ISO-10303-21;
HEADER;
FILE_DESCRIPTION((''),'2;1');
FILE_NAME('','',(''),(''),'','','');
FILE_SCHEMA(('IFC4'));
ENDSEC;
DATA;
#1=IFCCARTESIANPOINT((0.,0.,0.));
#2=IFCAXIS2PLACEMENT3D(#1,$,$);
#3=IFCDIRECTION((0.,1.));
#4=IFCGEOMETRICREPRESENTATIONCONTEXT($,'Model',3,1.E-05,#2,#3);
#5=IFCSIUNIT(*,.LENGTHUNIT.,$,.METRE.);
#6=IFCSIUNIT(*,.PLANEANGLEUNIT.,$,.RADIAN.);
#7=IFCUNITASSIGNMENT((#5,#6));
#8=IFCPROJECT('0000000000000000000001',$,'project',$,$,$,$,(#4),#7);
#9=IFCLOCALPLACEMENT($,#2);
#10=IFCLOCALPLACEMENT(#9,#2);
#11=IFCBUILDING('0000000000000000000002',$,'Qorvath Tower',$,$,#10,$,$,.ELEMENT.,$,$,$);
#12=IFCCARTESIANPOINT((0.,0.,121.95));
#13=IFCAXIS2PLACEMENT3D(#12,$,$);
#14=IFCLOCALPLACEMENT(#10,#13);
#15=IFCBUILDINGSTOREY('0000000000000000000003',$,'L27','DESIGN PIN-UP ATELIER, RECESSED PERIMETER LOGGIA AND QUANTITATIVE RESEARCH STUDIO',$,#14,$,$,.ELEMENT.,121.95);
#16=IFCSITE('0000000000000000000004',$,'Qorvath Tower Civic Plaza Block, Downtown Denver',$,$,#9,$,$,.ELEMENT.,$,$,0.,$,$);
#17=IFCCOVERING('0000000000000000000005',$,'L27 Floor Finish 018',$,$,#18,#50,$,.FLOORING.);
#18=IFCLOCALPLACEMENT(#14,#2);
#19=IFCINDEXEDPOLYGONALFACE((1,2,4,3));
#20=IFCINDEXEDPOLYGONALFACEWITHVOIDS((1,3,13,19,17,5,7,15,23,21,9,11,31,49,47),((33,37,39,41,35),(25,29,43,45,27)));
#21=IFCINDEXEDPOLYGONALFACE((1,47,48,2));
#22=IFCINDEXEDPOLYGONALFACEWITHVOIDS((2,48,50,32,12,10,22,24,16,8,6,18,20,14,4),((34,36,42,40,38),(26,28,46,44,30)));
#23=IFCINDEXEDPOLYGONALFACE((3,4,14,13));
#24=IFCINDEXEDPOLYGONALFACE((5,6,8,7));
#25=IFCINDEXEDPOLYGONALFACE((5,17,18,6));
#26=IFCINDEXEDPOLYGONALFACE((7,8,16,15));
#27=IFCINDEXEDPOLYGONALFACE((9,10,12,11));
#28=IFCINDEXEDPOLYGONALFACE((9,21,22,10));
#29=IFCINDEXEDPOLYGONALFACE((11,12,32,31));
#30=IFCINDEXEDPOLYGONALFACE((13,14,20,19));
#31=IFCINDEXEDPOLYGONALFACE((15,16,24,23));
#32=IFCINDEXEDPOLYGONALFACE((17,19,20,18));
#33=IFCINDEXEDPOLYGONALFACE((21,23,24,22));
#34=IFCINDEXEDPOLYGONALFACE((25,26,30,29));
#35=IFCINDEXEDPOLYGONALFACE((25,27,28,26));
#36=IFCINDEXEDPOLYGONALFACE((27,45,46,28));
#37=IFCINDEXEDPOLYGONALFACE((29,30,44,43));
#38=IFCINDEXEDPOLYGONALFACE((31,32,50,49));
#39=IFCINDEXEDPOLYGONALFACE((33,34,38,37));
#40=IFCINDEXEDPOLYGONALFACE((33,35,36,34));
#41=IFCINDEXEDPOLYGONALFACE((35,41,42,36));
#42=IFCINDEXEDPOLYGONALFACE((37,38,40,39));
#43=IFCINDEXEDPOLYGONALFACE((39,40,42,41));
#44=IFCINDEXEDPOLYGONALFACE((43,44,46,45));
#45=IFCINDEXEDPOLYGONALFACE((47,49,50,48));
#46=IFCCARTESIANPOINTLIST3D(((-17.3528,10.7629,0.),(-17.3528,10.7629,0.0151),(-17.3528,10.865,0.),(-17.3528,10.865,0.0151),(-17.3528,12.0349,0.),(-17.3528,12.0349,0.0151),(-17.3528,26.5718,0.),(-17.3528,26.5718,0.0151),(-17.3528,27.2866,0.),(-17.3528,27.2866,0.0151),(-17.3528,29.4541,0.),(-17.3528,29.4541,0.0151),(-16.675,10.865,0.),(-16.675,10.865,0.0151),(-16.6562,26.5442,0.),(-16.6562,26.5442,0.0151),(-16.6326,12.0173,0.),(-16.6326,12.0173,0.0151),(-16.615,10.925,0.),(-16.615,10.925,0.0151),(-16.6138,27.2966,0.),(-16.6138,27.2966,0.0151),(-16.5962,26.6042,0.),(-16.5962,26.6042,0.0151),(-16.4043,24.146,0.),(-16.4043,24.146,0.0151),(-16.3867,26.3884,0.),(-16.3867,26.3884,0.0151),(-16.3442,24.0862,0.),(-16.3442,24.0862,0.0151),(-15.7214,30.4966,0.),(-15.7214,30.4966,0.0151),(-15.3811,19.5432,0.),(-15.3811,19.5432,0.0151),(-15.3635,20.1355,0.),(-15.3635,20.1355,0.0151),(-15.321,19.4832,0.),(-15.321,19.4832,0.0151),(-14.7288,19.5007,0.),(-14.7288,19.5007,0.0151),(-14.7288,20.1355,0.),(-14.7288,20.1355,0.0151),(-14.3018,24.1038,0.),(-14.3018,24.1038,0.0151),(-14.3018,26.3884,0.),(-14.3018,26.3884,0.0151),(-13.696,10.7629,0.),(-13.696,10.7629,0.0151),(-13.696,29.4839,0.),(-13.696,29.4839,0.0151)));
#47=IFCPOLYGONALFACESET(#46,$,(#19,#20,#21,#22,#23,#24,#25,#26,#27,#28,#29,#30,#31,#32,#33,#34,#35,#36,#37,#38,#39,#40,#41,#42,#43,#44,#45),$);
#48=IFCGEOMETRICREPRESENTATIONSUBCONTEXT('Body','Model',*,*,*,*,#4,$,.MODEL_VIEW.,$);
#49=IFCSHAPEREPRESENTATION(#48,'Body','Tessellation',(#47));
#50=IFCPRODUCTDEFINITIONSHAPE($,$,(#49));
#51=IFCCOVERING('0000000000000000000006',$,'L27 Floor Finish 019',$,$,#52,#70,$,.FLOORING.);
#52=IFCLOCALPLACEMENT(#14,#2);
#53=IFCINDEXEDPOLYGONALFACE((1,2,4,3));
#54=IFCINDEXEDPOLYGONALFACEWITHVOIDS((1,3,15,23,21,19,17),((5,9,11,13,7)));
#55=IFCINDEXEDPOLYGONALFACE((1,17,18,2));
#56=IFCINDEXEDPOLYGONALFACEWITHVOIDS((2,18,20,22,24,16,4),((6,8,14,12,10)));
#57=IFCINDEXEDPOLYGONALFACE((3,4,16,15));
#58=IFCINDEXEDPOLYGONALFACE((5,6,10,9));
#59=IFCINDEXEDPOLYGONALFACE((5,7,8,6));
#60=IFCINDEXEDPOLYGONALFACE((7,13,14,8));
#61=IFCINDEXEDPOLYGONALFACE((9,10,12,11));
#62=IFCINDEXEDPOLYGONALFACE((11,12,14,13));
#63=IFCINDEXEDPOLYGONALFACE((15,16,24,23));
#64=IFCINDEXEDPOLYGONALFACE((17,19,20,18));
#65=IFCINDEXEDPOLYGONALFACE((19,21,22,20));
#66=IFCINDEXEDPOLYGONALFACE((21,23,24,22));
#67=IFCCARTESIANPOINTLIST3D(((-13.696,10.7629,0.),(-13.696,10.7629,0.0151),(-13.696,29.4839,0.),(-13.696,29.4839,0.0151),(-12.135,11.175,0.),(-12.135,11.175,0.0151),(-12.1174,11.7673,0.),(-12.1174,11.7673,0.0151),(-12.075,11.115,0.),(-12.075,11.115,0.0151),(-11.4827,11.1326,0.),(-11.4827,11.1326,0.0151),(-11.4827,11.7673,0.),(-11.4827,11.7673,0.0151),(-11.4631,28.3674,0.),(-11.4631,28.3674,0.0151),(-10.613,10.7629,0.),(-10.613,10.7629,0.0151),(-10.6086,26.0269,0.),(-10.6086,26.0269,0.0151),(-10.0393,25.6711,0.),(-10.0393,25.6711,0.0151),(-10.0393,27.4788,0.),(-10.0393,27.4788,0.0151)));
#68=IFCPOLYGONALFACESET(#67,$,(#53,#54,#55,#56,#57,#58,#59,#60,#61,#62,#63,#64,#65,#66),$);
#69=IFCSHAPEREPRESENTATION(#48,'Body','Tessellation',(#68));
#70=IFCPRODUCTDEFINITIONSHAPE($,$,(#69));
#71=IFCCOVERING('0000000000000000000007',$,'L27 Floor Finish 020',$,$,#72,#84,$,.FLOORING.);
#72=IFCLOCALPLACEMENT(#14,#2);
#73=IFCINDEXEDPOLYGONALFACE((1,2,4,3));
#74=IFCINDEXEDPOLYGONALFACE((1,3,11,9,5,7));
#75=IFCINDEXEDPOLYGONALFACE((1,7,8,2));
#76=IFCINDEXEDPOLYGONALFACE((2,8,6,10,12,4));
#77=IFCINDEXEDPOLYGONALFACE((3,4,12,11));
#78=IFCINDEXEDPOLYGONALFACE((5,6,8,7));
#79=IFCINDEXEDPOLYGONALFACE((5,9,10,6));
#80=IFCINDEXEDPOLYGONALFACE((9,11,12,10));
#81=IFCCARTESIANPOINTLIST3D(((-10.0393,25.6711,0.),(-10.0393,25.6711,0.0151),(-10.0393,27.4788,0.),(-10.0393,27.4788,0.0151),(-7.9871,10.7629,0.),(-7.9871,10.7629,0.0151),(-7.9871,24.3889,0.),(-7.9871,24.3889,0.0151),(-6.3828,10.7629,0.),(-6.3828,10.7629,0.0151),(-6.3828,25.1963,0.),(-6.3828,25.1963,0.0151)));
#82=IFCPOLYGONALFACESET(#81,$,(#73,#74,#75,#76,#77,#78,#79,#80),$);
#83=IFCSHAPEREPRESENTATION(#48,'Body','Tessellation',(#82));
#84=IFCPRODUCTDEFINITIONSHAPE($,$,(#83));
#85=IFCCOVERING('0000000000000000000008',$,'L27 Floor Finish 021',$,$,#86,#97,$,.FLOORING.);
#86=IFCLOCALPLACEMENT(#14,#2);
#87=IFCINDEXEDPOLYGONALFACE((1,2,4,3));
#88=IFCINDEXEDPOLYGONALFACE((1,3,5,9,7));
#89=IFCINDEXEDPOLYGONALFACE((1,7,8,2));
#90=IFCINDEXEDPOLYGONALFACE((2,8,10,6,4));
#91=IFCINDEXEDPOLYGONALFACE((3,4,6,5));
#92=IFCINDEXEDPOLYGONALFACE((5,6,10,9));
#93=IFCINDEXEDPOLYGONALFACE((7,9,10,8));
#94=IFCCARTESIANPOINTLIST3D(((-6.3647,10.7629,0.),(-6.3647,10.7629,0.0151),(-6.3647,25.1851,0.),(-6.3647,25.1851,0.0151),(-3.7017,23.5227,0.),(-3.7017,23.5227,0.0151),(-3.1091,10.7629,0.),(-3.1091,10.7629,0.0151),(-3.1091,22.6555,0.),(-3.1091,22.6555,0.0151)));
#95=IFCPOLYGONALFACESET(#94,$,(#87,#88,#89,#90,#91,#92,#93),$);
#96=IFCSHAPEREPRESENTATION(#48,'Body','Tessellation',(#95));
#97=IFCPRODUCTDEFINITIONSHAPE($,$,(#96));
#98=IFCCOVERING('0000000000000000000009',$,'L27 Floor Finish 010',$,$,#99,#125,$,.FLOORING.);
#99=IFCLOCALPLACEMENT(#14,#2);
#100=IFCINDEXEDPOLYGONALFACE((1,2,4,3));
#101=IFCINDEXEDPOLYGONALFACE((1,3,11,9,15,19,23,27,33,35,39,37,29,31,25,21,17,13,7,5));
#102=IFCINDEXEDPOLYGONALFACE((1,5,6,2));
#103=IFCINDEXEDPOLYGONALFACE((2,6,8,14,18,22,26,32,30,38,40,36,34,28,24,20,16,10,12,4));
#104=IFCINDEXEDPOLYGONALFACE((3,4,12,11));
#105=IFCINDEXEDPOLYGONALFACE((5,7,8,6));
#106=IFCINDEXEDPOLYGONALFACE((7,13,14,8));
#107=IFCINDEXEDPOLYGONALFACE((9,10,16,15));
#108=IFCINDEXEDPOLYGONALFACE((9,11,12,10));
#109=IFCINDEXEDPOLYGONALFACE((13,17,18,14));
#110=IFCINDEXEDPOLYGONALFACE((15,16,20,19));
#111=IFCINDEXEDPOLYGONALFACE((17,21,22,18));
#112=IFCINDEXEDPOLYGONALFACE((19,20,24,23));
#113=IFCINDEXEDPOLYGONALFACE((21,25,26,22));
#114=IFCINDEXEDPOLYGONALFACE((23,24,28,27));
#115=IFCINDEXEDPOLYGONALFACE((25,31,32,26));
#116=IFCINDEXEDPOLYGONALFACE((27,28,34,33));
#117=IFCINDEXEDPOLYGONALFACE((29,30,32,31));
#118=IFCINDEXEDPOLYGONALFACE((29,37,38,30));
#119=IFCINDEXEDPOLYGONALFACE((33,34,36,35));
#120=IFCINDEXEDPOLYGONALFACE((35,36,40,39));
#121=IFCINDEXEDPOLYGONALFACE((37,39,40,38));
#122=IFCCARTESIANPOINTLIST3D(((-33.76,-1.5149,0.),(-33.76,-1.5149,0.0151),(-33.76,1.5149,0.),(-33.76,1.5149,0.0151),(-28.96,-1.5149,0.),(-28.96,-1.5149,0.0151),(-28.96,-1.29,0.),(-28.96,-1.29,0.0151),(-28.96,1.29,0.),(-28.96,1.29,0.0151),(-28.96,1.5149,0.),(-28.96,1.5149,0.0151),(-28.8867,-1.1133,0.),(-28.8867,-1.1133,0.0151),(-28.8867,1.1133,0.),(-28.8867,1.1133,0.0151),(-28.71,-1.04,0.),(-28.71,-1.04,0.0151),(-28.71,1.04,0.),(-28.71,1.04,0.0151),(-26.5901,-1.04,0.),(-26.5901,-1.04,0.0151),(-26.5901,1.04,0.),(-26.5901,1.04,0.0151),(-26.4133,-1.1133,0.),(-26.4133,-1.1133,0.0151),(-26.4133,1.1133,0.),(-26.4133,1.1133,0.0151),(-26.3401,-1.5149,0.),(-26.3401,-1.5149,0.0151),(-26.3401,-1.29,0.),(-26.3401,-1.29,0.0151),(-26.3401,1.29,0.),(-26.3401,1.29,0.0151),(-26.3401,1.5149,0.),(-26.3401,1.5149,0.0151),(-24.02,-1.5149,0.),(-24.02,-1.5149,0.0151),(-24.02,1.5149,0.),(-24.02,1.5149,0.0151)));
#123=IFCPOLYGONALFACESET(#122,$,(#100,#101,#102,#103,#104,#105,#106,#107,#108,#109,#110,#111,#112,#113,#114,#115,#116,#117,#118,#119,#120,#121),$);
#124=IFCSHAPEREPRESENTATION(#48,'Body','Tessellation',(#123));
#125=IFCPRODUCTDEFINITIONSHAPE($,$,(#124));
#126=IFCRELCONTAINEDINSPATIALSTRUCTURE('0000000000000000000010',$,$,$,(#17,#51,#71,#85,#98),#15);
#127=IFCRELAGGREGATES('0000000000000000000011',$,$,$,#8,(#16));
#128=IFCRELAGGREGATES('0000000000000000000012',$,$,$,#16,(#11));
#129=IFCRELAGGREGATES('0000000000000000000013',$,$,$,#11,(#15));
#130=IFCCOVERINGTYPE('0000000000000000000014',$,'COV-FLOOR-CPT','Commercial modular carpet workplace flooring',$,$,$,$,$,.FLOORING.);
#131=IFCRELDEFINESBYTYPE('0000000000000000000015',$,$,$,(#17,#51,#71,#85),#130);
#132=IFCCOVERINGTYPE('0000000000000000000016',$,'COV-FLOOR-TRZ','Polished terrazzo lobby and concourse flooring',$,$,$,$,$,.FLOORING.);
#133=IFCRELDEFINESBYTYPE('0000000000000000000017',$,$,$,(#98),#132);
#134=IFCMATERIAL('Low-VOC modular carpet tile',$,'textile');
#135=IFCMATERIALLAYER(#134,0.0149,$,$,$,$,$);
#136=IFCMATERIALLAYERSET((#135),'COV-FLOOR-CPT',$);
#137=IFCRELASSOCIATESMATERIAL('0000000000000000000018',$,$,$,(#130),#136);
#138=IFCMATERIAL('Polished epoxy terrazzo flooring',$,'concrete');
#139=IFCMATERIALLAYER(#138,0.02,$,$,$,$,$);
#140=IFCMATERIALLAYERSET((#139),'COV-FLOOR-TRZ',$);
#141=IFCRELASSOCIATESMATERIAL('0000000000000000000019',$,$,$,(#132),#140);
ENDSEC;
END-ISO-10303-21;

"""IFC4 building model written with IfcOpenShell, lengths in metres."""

from ifc_helpers import new_model, si_unit, direction, frame, origin, place, context, subcontext, project, spatial, polyline, outline, extrude, material, layer, layer_set, type_object, element, save


model = new_model("IFC4")

# Units and contexts
model_context = context("Model", 3, precision=1e-05, world=origin(), true_north=direction((0.0, 1.0)))
body_context = subcontext(model_context, "Body", "Model", "MODEL_VIEW")
ifc_project = project(units=[si_unit("LENGTHUNIT", "METRE"), si_unit("PLANEANGLEUNIT", "RADIAN")], contexts=[model_context])

# Site, building, storey
site_placement = place(None, origin())
site = spatial("IfcSite", under=ifc_project, at=site_placement, Name="Qorvath Tower Civic Plaza Block, Downtown Denver", CompositionType="ELEMENT", RefElevation=0.0)
building_placement = place(site_placement, origin())
building = spatial("IfcBuilding", under=site, at=building_placement, Name="Qorvath Tower", CompositionType="ELEMENT")
storey_placement = place(building_placement, frame((0.0, 0.0, 121.95)))
storey = spatial("IfcBuildingStorey", under=building, at=storey_placement, Name="L27", Description="DESIGN PIN-UP ATELIER, RECESSED PERIMETER LOGGIA AND QUANTITATIVE RESEARCH STUDIO", CompositionType="ELEMENT", Elevation=121.95)

# Coverings
ifc_material_1 = material(Name="Low-VOC modular carpet tile", Category="textile")
ifc_layer_1 = layer(ifc_material_1, 0.0149)
ifc_layer_set_1 = layer_set([ifc_layer_1], Name="COV-FLOOR-CPT")
covering_type_1 = type_object("IfcCoveringType", Name="COV-FLOOR-CPT", Description="Commercial modular carpet workplace flooring", PredefinedType="FLOORING", material=ifc_layer_set_1)
covering_1_placement = place(storey_placement, origin())
element("IfcCovering", 1, at=covering_1_placement, inside=storey, type_object=covering_type_1, Name="L27 Floor Finish 018", PredefinedType="FLOORING", context=body_context, shape_type="SweptSolid", body=[
    extrude(outline(polyline([(-13.696, 10.7629), (-13.696, 29.4839), (-15.7214, 30.4966), (-17.3528, 29.4541), (-17.3528, 27.2866), (-16.6138, 27.2966), (-16.5962, 26.6042), (-16.6562, 26.5442), (-17.3528, 26.5718), (-17.3528, 12.0349), (-16.6326, 12.0173), (-16.615, 10.925), (-16.675, 10.865), (-17.3528, 10.865), (-17.3528, 10.7629), (-13.696, 10.7629)]), holes=[polyline([(-16.4043, 24.146), (-16.3867, 26.3884), (-14.3018, 26.3884), (-14.3018, 24.1038), (-16.3442, 24.0862), (-16.4043, 24.146)]), polyline([(-15.3811, 19.5432), (-15.3635, 20.1355), (-14.7288, 20.1355), (-14.7288, 19.5007), (-15.321, 19.4832), (-15.3811, 19.5432)])]), origin(), (0.0, 0.0, 1.0), 0.0151),
])
covering_2_placement = place(storey_placement, origin())
element("IfcCovering", 2, at=covering_2_placement, inside=storey, type_object=covering_type_1, Name="L27 Floor Finish 019", PredefinedType="FLOORING", context=body_context, shape_type="SweptSolid", body=[
    extrude(outline(polyline([(-10.0393, 25.6711), (-10.0393, 27.4788), (-11.4631, 28.3674), (-13.696, 29.4839), (-13.696, 10.7629), (-10.613, 10.7629), (-10.6086, 26.0269), (-10.0393, 25.6711)]), holes=[polyline([(-12.135, 11.175), (-12.1174, 11.7673), (-11.4827, 11.7673), (-11.4827, 11.1326), (-12.075, 11.115), (-12.135, 11.175)])]), origin(), (0.0, 0.0, 1.0), 0.0151),
])
covering_3_placement = place(storey_placement, origin())
element("IfcCovering", 3, at=covering_3_placement, inside=storey, type_object=covering_type_1, Name="L27 Floor Finish 020", PredefinedType="FLOORING", context=body_context, shape_type="SweptSolid", body=[
    extrude(outline(polyline([(-6.3828, 10.7629), (-6.3828, 25.1963), (-10.0393, 27.4788), (-10.0393, 25.6711), (-7.9871, 24.3889), (-7.9871, 10.7629), (-6.3828, 10.7629)])), origin(), (0.0, 0.0, 1.0), 0.0151),
])
covering_4_placement = place(storey_placement, origin())
element("IfcCovering", 4, at=covering_4_placement, inside=storey, type_object=covering_type_1, Name="L27 Floor Finish 021", PredefinedType="FLOORING", context=body_context, shape_type="SweptSolid", body=[
    extrude(outline(polyline([(-3.1091, 10.7629), (-3.1091, 22.6555), (-3.7017, 23.5227), (-6.3647, 25.1851), (-6.3647, 10.7629), (-3.1091, 10.7629)])), origin(), (0.0, 0.0, 1.0), 0.0151),
])
ifc_material_2 = material(Name="Polished epoxy terrazzo flooring", Category="concrete")
ifc_layer_2 = layer(ifc_material_2, 0.02)
ifc_layer_set_2 = layer_set([ifc_layer_2], Name="COV-FLOOR-TRZ")
covering_type_2 = type_object("IfcCoveringType", Name="COV-FLOOR-TRZ", Description="Polished terrazzo lobby and concourse flooring", PredefinedType="FLOORING", material=ifc_layer_set_2)
covering_5_placement = place(storey_placement, origin())
element("IfcCovering", 5, at=covering_5_placement, inside=storey, type_object=covering_type_2, Name="L27 Floor Finish 010", PredefinedType="FLOORING", context=body_context, shape_type="SweptSolid", body=[
    extrude(outline(polyline([(-24.02, -1.5149), (-24.02, 1.5149), (-26.3401, 1.5149), (-26.3401, 1.29), (-26.4133, 1.1133), (-26.5901, 1.04), (-28.71, 1.04), (-28.8867, 1.1133), (-28.96, 1.29), (-28.96, 1.5149), (-33.76, 1.5149), (-33.76, -1.5149), (-28.96, -1.5149), (-28.96, -1.29), (-28.8867, -1.1133), (-28.71, -1.04), (-26.5901, -1.04), (-26.4133, -1.1133), (-26.3401, -1.29), (-26.3401, -1.5149), (-24.02, -1.5149)])), origin(), (0.0, 0.0, 1.0), 0.0151),
])

save(model, "model.ifc")
